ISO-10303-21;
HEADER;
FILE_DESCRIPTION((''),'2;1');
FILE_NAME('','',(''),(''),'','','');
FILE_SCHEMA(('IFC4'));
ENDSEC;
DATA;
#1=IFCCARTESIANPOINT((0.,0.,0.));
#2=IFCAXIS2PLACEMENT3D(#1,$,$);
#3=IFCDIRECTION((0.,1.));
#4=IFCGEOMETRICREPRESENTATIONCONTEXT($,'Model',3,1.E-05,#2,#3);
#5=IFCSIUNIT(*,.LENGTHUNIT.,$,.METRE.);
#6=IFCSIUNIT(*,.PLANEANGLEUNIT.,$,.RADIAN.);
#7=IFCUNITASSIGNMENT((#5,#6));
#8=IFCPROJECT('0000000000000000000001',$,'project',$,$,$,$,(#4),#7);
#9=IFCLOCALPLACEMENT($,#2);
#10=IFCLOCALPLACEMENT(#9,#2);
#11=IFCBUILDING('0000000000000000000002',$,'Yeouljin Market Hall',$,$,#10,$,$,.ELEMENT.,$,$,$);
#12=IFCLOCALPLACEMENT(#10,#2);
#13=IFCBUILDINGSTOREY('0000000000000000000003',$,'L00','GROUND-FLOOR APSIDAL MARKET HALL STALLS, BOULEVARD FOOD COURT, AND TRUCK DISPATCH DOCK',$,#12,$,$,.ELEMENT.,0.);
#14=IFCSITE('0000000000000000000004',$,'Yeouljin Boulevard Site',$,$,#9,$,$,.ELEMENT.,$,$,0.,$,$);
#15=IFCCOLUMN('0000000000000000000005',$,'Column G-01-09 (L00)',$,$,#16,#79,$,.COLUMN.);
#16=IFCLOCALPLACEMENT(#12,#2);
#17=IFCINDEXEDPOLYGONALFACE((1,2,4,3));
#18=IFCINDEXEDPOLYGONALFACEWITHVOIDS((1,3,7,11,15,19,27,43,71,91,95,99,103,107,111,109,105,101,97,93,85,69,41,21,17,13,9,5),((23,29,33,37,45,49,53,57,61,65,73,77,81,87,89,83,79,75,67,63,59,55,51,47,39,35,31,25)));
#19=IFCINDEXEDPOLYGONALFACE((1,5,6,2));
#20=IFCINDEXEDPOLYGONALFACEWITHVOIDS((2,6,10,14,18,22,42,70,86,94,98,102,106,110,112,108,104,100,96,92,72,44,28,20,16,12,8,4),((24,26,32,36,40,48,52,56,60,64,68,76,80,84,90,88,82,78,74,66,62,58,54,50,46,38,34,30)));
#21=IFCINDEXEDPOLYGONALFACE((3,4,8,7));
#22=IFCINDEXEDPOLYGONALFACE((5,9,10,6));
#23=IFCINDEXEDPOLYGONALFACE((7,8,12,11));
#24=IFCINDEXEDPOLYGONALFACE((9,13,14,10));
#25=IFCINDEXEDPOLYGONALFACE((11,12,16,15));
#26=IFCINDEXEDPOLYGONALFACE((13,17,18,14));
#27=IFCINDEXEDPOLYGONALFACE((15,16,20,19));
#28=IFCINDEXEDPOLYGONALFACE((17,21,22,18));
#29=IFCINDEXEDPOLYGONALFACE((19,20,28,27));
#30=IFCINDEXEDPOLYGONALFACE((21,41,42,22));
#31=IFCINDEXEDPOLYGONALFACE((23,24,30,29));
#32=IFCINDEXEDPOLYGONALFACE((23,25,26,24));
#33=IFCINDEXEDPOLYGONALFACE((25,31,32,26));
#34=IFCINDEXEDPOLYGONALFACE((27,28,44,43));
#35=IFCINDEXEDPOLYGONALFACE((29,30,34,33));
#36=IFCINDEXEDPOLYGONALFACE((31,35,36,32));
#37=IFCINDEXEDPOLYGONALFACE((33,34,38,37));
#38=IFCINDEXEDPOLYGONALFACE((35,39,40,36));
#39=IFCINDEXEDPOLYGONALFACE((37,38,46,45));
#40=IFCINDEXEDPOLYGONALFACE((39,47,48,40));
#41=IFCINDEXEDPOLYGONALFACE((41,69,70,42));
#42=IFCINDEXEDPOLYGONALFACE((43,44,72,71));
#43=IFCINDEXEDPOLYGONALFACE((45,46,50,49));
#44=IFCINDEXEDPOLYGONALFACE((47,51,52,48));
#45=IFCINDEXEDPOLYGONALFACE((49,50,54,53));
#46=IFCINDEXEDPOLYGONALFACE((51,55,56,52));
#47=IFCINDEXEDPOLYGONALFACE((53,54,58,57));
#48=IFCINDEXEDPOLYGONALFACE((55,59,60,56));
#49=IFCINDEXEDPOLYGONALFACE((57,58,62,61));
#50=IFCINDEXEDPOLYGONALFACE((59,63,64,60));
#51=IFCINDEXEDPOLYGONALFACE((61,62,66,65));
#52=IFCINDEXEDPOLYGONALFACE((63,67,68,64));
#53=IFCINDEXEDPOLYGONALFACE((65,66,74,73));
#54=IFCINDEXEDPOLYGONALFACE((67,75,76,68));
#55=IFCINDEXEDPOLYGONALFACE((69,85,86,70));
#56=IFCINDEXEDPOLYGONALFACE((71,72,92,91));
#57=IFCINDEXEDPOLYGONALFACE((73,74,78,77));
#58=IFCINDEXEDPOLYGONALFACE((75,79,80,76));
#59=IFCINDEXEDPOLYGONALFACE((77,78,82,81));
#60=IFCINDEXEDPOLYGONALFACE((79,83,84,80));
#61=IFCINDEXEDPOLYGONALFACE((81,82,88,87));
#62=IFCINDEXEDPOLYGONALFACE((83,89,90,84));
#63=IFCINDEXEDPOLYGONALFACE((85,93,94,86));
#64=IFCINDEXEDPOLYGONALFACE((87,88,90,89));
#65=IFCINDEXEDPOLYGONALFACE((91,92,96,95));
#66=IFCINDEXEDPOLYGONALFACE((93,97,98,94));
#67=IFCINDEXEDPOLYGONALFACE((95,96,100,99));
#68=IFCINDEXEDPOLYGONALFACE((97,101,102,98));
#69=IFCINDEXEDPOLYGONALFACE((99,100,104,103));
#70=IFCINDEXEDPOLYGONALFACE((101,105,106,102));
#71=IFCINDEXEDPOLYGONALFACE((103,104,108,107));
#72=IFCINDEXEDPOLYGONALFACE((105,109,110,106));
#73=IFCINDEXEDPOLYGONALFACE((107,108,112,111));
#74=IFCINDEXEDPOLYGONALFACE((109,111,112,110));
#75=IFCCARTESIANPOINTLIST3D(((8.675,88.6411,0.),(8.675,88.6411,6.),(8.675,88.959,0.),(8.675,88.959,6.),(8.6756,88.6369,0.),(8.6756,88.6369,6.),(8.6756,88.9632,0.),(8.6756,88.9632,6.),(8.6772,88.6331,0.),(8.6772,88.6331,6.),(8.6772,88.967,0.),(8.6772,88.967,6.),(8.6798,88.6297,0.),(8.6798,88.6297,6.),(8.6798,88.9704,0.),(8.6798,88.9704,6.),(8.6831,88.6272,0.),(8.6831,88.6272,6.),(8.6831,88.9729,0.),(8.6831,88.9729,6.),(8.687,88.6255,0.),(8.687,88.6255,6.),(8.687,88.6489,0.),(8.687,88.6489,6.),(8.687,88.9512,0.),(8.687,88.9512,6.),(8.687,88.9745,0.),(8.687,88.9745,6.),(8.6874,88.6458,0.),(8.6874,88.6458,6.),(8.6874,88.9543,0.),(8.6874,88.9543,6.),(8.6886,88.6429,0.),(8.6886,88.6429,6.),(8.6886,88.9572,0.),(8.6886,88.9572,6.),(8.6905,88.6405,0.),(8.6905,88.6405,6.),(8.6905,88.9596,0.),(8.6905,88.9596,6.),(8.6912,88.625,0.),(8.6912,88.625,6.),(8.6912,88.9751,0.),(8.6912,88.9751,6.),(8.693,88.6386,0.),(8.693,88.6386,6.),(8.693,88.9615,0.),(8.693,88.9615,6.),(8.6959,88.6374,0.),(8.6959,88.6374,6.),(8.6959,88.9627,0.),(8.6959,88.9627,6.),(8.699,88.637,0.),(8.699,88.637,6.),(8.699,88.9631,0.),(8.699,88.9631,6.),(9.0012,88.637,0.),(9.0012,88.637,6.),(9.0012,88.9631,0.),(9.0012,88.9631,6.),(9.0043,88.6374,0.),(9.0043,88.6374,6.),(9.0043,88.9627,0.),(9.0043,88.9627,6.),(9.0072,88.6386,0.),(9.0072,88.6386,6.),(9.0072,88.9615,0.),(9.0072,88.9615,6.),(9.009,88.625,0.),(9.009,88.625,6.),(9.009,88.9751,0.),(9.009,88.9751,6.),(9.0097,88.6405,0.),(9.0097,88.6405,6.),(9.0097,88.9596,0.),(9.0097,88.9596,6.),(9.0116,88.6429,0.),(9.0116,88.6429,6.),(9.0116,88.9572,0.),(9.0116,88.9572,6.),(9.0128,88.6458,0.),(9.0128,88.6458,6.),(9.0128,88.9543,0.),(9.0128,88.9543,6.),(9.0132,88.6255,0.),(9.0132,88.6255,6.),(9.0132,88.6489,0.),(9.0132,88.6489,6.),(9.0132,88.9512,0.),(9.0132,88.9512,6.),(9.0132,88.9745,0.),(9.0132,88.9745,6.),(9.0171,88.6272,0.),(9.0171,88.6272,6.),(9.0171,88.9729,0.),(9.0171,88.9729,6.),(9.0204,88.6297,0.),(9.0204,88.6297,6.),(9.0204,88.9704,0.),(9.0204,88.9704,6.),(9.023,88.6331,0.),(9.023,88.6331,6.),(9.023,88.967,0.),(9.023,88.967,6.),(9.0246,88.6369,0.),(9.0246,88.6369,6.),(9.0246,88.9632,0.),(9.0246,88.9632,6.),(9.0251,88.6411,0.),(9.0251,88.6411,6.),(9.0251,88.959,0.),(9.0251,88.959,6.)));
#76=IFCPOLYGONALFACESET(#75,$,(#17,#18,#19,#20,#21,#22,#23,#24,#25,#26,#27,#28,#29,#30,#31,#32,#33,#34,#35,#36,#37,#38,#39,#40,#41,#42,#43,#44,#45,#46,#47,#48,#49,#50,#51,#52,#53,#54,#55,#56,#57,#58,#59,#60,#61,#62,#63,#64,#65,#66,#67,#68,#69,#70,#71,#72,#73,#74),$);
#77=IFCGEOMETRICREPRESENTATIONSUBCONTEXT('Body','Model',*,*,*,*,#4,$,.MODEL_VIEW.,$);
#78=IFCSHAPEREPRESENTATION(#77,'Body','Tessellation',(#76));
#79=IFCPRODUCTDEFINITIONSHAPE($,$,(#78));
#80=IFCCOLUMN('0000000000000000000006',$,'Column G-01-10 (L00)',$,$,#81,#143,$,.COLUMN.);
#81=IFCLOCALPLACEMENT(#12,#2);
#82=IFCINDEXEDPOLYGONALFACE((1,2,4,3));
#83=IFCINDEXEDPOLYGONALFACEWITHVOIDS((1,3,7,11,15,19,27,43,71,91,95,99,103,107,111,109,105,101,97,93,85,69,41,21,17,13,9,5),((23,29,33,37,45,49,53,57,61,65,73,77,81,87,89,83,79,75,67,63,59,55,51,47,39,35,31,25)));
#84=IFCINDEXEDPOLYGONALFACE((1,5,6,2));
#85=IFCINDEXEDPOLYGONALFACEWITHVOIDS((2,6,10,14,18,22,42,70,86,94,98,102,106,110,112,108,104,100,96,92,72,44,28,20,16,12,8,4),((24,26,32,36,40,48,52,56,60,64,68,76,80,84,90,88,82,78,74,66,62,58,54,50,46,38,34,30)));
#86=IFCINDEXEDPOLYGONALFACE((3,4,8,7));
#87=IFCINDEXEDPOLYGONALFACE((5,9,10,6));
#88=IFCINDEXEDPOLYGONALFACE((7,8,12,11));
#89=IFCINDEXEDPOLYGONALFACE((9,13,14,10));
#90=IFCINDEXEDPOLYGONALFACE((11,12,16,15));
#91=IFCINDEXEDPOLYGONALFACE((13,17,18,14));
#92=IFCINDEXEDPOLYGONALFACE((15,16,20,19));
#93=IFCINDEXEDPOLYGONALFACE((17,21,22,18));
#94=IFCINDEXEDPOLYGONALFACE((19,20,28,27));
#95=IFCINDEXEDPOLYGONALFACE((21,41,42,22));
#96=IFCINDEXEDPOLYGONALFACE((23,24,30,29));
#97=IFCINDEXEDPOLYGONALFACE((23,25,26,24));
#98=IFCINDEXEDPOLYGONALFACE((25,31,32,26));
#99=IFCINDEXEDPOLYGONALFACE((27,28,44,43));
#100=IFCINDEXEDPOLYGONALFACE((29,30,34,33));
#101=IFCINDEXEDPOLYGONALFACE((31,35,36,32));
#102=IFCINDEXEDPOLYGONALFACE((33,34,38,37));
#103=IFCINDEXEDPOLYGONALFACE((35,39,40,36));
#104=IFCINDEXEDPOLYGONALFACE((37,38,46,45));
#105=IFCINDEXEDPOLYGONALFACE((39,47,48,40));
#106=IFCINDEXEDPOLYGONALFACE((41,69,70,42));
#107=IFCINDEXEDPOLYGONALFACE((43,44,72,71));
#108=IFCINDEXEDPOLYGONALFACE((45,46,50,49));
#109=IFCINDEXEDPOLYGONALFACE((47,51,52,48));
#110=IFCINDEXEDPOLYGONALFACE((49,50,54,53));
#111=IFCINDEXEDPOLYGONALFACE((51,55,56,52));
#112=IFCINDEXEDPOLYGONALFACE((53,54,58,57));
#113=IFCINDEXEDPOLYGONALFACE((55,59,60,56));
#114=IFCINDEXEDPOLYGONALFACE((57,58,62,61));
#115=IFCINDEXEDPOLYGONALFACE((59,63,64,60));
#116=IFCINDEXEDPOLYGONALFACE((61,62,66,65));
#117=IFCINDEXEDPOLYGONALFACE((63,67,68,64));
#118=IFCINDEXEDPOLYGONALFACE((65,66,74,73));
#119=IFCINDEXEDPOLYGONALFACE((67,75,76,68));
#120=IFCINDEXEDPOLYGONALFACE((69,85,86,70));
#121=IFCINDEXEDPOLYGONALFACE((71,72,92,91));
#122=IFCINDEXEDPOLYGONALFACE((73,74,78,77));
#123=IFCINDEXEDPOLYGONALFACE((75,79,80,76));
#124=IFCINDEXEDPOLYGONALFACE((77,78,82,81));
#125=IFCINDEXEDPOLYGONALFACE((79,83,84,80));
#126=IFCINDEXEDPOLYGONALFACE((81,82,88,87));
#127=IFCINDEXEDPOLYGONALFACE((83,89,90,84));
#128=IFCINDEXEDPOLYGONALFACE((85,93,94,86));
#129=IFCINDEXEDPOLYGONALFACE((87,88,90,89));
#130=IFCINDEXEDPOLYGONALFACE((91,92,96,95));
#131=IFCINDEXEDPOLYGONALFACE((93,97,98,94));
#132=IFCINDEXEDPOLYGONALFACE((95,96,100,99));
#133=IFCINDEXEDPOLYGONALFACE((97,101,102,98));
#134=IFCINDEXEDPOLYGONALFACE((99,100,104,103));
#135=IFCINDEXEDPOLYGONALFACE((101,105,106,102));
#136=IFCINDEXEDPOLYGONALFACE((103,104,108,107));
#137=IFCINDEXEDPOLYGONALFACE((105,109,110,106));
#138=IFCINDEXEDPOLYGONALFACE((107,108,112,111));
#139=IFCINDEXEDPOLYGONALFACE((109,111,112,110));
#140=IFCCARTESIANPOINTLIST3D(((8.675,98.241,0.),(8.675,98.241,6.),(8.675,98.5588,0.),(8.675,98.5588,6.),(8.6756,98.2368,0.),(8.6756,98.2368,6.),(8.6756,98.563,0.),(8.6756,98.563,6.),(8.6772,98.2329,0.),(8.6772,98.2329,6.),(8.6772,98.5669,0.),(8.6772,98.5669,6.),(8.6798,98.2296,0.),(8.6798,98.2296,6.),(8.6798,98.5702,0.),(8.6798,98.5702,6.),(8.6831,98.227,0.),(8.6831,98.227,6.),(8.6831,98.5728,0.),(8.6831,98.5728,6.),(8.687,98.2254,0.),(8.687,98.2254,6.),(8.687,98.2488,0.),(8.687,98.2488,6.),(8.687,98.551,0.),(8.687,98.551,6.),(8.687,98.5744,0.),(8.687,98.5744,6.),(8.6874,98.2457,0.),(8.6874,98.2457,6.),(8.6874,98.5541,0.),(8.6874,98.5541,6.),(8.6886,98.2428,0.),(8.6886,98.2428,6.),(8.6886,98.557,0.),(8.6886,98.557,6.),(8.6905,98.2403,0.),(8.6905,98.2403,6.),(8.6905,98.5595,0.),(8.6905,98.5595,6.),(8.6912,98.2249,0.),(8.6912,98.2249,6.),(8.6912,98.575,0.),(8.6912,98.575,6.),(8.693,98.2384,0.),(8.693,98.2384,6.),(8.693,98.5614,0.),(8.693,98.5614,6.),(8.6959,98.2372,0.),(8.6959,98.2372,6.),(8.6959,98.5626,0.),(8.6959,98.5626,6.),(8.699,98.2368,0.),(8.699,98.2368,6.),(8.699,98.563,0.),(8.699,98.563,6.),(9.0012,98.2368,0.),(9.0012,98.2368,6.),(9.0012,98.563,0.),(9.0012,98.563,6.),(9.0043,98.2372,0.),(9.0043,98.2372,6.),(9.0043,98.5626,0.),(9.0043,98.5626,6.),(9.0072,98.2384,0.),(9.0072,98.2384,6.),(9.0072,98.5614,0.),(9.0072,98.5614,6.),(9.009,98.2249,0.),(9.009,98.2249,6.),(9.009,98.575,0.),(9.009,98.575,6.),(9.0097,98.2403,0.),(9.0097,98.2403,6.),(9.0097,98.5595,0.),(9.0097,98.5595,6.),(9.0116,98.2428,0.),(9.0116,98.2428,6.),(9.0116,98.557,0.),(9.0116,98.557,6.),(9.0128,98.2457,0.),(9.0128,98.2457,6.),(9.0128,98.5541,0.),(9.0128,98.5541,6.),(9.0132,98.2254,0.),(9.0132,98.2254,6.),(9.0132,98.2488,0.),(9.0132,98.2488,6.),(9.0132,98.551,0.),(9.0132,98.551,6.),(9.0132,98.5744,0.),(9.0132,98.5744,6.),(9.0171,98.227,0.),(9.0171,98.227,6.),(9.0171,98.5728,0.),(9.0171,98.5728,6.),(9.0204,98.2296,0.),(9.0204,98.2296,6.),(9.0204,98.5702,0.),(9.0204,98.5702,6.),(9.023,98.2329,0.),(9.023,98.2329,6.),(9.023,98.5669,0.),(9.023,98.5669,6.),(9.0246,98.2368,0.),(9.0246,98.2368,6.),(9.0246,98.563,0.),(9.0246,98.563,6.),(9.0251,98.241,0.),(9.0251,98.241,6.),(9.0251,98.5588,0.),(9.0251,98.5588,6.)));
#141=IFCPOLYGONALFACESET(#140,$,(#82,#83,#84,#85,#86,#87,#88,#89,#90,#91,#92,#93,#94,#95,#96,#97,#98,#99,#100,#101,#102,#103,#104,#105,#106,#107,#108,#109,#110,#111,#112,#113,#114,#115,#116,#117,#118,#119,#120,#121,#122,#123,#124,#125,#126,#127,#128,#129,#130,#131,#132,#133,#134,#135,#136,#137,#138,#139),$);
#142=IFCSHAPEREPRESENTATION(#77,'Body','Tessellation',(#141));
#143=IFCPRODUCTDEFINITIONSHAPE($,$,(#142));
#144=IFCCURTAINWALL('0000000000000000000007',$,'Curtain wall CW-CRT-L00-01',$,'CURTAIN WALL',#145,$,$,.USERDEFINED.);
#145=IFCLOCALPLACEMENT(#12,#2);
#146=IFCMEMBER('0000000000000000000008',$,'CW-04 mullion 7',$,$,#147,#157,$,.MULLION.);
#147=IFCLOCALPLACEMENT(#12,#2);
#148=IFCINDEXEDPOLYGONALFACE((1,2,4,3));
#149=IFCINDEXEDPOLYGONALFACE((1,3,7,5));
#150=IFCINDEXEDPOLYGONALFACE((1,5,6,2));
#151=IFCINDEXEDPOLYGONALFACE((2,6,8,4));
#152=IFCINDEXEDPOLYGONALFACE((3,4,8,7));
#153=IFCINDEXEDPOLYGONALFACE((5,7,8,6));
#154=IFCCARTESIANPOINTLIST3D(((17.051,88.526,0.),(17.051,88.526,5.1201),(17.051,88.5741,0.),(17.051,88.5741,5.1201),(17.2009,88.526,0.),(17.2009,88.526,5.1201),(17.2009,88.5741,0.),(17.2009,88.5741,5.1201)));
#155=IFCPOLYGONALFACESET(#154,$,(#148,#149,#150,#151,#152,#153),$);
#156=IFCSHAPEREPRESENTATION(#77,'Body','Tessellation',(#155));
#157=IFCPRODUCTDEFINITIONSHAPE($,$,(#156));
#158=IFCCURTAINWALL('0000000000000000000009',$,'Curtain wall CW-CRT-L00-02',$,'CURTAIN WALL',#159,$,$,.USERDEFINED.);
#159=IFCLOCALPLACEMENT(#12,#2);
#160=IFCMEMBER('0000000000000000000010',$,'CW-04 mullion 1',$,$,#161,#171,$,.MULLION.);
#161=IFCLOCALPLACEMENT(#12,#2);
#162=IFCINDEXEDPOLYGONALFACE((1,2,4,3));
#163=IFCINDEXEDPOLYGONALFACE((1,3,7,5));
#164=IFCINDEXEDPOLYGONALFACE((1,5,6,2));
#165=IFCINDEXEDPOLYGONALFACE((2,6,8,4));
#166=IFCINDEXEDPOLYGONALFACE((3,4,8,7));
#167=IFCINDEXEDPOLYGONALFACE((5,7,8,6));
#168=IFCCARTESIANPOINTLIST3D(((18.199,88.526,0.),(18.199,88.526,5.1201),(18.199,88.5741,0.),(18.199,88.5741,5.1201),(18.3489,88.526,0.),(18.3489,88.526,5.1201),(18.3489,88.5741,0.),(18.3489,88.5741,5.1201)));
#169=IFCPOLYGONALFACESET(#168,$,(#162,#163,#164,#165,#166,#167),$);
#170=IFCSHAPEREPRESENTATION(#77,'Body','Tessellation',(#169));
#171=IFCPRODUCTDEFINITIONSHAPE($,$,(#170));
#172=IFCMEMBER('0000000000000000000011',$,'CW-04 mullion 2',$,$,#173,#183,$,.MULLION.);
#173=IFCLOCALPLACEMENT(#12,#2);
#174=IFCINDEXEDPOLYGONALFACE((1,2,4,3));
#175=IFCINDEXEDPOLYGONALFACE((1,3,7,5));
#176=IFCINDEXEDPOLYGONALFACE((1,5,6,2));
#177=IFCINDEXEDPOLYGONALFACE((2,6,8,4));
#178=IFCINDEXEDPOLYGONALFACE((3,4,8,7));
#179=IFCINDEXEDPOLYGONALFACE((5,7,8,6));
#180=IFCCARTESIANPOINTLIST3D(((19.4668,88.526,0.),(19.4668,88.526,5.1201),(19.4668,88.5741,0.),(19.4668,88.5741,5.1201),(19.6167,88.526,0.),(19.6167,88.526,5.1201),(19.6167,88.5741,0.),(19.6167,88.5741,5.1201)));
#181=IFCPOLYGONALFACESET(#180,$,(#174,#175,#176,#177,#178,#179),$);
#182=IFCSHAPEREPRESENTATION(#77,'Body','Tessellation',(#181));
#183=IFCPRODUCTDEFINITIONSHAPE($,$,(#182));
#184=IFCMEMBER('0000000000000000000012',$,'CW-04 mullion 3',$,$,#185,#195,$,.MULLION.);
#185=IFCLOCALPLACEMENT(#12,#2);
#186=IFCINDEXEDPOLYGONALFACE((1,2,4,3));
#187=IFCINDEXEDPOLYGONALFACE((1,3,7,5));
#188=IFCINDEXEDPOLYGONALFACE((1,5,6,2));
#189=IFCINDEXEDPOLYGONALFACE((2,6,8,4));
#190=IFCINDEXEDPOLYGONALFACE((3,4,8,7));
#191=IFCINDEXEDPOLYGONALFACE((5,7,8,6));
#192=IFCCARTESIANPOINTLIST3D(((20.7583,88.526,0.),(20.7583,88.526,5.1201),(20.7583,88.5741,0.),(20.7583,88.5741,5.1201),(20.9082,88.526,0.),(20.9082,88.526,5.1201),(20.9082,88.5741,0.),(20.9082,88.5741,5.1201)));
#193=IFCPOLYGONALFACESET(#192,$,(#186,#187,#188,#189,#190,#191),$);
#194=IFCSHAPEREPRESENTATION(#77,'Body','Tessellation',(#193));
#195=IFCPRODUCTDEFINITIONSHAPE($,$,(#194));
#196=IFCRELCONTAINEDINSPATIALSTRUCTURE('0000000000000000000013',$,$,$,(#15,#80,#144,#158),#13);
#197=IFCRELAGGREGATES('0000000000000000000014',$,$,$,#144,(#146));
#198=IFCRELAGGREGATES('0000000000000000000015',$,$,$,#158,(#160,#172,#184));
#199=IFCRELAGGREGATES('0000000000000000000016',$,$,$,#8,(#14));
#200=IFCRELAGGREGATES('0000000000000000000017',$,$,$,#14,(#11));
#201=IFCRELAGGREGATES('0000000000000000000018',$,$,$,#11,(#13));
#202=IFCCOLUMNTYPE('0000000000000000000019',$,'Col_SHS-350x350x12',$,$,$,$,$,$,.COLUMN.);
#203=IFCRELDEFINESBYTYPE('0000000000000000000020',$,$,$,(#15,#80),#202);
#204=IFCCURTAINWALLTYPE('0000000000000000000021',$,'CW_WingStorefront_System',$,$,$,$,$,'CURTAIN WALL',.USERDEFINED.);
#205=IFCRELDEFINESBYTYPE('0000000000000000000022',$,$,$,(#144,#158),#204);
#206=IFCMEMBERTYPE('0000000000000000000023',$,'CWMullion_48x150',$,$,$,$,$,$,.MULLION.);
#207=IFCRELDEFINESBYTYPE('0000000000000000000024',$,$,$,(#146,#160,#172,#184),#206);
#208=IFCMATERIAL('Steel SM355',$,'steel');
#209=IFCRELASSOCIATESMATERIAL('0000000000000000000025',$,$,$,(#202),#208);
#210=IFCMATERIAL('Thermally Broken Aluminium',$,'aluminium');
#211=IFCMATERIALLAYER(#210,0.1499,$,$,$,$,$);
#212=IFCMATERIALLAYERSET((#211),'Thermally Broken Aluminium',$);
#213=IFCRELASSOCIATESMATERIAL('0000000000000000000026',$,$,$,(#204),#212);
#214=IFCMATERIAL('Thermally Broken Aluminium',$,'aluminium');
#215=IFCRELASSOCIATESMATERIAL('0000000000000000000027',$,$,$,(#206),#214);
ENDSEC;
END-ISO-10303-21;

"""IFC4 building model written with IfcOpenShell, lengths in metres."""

from ifc_helpers import new_model, si_unit, direction, frame, origin, origin_2d, place, context, subcontext, project, spatial, rectangle, hollow_rectangle, extrude, material, layer, layer_set, material_profile, profile_set, type_object, element, aggregate, save


model = new_model("IFC4")

# Units and contexts
model_context = context("Model", 3, precision=1e-05, world=origin(), true_north=direction((0.0, 1.0)))
body_context = subcontext(model_context, "Body", "Model", "MODEL_VIEW")
ifc_project = project(units=[si_unit("LENGTHUNIT", "METRE"), si_unit("PLANEANGLEUNIT", "RADIAN")], contexts=[model_context])

# Site, building, storey
site_placement = place(None, origin())
site = spatial("IfcSite", under=ifc_project, at=site_placement, Name="Yeouljin Boulevard Site", CompositionType="ELEMENT", RefElevation=0.0)
building_placement = place(site_placement, origin())
building = spatial("IfcBuilding", under=site, at=building_placement, Name="Yeouljin Market Hall", CompositionType="ELEMENT")
storey_placement = place(building_placement, origin())
storey = spatial("IfcBuildingStorey", under=building, at=storey_placement, Name="L00", Description="GROUND-FLOOR APSIDAL MARKET HALL STALLS, BOULEVARD FOOD COURT, AND TRUCK DISPATCH DOCK", CompositionType="ELEMENT", Elevation=0.0)

# Columns
ifc_material_1 = material(Name="Steel SM355", Category="steel")
ifc_material_profile_1 = material_profile(ifc_material_1, hollow_rectangle(XDim=0.3501, YDim=0.3501, WallThickness=0.012, InnerFilletRadius=0.012, OuterFilletRadius=0.0161, at=origin_2d()), Name="SHS-350x350x12")
ifc_profile_set_1 = profile_set([ifc_material_profile_1], Name="Steel SM355")
column_type_1 = type_object("IfcColumnType", Name="Col_SHS-350x350x12", PredefinedType="COLUMN", material=ifc_profile_set_1)
for number, where, z_axis, x_axis, name in (
    (1, (8.8501, 88.8, 0.0), (0.0, 0.0, 1.0), (1.0, 0.0, 0.0), "Column G-01-09 (L00)"),
    (2, (8.8501, 98.3999, 0.0), (0.0, 0.0, 1.0), (1.0, 0.0, 0.0), "Column G-01-10 (L00)"),
):
    element("IfcColumn", number, at=place(storey_placement, frame(where, z_axis=z_axis, x_axis=x_axis)), inside=storey, type_object=column_type_1, Name=name, PredefinedType="COLUMN", context=body_context, shape_type="SweptSolid", body=[
        extrude(hollow_rectangle(XDim=0.3501, YDim=0.3501, WallThickness=0.012, InnerFilletRadius=0.012, OuterFilletRadius=0.0161, at=origin_2d()), origin(), (0.0, 0.0, 1.0), 6.0),
    ])

# Curtain wall, member
ifc_material_2 = material(Name="Thermally Broken Aluminium", Category="aluminium")
ifc_layer_1 = layer(ifc_material_2, 0.1499)
ifc_layer_set_1 = layer_set([ifc_layer_1], Name="Thermally Broken Aluminium")
curtain_wall_type = type_object("IfcCurtainWallType", Name="CW_WingStorefront_System", ElementType="CURTAIN WALL", PredefinedType="USERDEFINED", material=ifc_layer_set_1)
curtain_wall_1_placement = place(storey_placement, origin())
curtain_wall_1 = element("IfcCurtainWall", 3, at=curtain_wall_1_placement, inside=storey, type_object=curtain_wall_type, Name="Curtain wall CW-CRT-L00-01", ObjectType="CURTAIN WALL", PredefinedType="USERDEFINED")
ifc_material_3 = material(Name="Thermally Broken Aluminium", Category="aluminium")
ifc_material_profile_2 = material_profile(ifc_material_3, rectangle(XDim=0.0481, YDim=0.1499, at=origin_2d()), Name="CW-MULL-48x150")
ifc_profile_set_2 = profile_set([ifc_material_profile_2], Name="Thermally Broken Aluminium")
member_type_1 = type_object("IfcMemberType", Name="CWMullion_48x150", PredefinedType="MULLION", material=ifc_profile_set_2)
member_1_placement = place(storey_placement, frame((17.126, 88.55, 0.0), z_axis=(0.0, 0.0, 1.0), x_axis=(0.0, 1.0, 0.0)))
member_1 = element("IfcMember", 4, at=member_1_placement, type_object=member_type_1, Name="CW-04 mullion 7", PredefinedType="MULLION", context=body_context, shape_type="SweptSolid", body=[
    extrude(rectangle(XDim=0.0481, YDim=0.1499, at=origin_2d()), origin(), (0.0, 0.0, 1.0), 5.1201),
])

# Curtain wall, members
curtain_wall_2_placement = place(storey_placement, origin())
curtain_wall_2 = element("IfcCurtainWall", 5, at=curtain_wall_2_placement, inside=storey, type_object=curtain_wall_type, Name="Curtain wall CW-CRT-L00-02", ObjectType="CURTAIN WALL", PredefinedType="USERDEFINED")
member_2_placement = place(storey_placement, frame((18.2739, 88.55, 0.0), z_axis=(0.0, 0.0, 1.0), x_axis=(0.0, 1.0, 0.0)))
member_2 = element("IfcMember", 6, at=member_2_placement, type_object=member_type_1, Name="CW-04 mullion 1", PredefinedType="MULLION", context=body_context, shape_type="SweptSolid", body=[
    extrude(rectangle(XDim=0.0481, YDim=0.1499, at=origin_2d()), origin(), (0.0, 0.0, 1.0), 5.1201),
])
member_3_placement = place(storey_placement, frame((19.5417, 88.55, 0.0), z_axis=(0.0, 0.0, 1.0), x_axis=(0.0, 1.0, 0.0)))
member_3 = element("IfcMember", 7, at=member_3_placement, type_object=member_type_1, Name="CW-04 mullion 2", PredefinedType="MULLION", context=body_context, shape_type="SweptSolid", body=[
    extrude(rectangle(XDim=0.0481, YDim=0.1499, at=origin_2d()), origin(), (0.0, 0.0, 1.0), 5.1201),
])
member_4_placement = place(storey_placement, frame((20.8333, 88.55, 0.0), z_axis=(0.0, 0.0, 1.0), x_axis=(0.0, 1.0, 0.0)))
member_4 = element("IfcMember", 8, at=member_4_placement, type_object=member_type_1, Name="CW-04 mullion 3", PredefinedType="MULLION", context=body_context, shape_type="SweptSolid", body=[
    extrude(rectangle(XDim=0.0481, YDim=0.1499, at=origin_2d()), origin(), (0.0, 0.0, 1.0), 5.1201),
])

aggregate(curtain_wall_1, [member_1])
aggregate(curtain_wall_2, [member_2, member_3, member_4])

save(model, "model.ifc")
